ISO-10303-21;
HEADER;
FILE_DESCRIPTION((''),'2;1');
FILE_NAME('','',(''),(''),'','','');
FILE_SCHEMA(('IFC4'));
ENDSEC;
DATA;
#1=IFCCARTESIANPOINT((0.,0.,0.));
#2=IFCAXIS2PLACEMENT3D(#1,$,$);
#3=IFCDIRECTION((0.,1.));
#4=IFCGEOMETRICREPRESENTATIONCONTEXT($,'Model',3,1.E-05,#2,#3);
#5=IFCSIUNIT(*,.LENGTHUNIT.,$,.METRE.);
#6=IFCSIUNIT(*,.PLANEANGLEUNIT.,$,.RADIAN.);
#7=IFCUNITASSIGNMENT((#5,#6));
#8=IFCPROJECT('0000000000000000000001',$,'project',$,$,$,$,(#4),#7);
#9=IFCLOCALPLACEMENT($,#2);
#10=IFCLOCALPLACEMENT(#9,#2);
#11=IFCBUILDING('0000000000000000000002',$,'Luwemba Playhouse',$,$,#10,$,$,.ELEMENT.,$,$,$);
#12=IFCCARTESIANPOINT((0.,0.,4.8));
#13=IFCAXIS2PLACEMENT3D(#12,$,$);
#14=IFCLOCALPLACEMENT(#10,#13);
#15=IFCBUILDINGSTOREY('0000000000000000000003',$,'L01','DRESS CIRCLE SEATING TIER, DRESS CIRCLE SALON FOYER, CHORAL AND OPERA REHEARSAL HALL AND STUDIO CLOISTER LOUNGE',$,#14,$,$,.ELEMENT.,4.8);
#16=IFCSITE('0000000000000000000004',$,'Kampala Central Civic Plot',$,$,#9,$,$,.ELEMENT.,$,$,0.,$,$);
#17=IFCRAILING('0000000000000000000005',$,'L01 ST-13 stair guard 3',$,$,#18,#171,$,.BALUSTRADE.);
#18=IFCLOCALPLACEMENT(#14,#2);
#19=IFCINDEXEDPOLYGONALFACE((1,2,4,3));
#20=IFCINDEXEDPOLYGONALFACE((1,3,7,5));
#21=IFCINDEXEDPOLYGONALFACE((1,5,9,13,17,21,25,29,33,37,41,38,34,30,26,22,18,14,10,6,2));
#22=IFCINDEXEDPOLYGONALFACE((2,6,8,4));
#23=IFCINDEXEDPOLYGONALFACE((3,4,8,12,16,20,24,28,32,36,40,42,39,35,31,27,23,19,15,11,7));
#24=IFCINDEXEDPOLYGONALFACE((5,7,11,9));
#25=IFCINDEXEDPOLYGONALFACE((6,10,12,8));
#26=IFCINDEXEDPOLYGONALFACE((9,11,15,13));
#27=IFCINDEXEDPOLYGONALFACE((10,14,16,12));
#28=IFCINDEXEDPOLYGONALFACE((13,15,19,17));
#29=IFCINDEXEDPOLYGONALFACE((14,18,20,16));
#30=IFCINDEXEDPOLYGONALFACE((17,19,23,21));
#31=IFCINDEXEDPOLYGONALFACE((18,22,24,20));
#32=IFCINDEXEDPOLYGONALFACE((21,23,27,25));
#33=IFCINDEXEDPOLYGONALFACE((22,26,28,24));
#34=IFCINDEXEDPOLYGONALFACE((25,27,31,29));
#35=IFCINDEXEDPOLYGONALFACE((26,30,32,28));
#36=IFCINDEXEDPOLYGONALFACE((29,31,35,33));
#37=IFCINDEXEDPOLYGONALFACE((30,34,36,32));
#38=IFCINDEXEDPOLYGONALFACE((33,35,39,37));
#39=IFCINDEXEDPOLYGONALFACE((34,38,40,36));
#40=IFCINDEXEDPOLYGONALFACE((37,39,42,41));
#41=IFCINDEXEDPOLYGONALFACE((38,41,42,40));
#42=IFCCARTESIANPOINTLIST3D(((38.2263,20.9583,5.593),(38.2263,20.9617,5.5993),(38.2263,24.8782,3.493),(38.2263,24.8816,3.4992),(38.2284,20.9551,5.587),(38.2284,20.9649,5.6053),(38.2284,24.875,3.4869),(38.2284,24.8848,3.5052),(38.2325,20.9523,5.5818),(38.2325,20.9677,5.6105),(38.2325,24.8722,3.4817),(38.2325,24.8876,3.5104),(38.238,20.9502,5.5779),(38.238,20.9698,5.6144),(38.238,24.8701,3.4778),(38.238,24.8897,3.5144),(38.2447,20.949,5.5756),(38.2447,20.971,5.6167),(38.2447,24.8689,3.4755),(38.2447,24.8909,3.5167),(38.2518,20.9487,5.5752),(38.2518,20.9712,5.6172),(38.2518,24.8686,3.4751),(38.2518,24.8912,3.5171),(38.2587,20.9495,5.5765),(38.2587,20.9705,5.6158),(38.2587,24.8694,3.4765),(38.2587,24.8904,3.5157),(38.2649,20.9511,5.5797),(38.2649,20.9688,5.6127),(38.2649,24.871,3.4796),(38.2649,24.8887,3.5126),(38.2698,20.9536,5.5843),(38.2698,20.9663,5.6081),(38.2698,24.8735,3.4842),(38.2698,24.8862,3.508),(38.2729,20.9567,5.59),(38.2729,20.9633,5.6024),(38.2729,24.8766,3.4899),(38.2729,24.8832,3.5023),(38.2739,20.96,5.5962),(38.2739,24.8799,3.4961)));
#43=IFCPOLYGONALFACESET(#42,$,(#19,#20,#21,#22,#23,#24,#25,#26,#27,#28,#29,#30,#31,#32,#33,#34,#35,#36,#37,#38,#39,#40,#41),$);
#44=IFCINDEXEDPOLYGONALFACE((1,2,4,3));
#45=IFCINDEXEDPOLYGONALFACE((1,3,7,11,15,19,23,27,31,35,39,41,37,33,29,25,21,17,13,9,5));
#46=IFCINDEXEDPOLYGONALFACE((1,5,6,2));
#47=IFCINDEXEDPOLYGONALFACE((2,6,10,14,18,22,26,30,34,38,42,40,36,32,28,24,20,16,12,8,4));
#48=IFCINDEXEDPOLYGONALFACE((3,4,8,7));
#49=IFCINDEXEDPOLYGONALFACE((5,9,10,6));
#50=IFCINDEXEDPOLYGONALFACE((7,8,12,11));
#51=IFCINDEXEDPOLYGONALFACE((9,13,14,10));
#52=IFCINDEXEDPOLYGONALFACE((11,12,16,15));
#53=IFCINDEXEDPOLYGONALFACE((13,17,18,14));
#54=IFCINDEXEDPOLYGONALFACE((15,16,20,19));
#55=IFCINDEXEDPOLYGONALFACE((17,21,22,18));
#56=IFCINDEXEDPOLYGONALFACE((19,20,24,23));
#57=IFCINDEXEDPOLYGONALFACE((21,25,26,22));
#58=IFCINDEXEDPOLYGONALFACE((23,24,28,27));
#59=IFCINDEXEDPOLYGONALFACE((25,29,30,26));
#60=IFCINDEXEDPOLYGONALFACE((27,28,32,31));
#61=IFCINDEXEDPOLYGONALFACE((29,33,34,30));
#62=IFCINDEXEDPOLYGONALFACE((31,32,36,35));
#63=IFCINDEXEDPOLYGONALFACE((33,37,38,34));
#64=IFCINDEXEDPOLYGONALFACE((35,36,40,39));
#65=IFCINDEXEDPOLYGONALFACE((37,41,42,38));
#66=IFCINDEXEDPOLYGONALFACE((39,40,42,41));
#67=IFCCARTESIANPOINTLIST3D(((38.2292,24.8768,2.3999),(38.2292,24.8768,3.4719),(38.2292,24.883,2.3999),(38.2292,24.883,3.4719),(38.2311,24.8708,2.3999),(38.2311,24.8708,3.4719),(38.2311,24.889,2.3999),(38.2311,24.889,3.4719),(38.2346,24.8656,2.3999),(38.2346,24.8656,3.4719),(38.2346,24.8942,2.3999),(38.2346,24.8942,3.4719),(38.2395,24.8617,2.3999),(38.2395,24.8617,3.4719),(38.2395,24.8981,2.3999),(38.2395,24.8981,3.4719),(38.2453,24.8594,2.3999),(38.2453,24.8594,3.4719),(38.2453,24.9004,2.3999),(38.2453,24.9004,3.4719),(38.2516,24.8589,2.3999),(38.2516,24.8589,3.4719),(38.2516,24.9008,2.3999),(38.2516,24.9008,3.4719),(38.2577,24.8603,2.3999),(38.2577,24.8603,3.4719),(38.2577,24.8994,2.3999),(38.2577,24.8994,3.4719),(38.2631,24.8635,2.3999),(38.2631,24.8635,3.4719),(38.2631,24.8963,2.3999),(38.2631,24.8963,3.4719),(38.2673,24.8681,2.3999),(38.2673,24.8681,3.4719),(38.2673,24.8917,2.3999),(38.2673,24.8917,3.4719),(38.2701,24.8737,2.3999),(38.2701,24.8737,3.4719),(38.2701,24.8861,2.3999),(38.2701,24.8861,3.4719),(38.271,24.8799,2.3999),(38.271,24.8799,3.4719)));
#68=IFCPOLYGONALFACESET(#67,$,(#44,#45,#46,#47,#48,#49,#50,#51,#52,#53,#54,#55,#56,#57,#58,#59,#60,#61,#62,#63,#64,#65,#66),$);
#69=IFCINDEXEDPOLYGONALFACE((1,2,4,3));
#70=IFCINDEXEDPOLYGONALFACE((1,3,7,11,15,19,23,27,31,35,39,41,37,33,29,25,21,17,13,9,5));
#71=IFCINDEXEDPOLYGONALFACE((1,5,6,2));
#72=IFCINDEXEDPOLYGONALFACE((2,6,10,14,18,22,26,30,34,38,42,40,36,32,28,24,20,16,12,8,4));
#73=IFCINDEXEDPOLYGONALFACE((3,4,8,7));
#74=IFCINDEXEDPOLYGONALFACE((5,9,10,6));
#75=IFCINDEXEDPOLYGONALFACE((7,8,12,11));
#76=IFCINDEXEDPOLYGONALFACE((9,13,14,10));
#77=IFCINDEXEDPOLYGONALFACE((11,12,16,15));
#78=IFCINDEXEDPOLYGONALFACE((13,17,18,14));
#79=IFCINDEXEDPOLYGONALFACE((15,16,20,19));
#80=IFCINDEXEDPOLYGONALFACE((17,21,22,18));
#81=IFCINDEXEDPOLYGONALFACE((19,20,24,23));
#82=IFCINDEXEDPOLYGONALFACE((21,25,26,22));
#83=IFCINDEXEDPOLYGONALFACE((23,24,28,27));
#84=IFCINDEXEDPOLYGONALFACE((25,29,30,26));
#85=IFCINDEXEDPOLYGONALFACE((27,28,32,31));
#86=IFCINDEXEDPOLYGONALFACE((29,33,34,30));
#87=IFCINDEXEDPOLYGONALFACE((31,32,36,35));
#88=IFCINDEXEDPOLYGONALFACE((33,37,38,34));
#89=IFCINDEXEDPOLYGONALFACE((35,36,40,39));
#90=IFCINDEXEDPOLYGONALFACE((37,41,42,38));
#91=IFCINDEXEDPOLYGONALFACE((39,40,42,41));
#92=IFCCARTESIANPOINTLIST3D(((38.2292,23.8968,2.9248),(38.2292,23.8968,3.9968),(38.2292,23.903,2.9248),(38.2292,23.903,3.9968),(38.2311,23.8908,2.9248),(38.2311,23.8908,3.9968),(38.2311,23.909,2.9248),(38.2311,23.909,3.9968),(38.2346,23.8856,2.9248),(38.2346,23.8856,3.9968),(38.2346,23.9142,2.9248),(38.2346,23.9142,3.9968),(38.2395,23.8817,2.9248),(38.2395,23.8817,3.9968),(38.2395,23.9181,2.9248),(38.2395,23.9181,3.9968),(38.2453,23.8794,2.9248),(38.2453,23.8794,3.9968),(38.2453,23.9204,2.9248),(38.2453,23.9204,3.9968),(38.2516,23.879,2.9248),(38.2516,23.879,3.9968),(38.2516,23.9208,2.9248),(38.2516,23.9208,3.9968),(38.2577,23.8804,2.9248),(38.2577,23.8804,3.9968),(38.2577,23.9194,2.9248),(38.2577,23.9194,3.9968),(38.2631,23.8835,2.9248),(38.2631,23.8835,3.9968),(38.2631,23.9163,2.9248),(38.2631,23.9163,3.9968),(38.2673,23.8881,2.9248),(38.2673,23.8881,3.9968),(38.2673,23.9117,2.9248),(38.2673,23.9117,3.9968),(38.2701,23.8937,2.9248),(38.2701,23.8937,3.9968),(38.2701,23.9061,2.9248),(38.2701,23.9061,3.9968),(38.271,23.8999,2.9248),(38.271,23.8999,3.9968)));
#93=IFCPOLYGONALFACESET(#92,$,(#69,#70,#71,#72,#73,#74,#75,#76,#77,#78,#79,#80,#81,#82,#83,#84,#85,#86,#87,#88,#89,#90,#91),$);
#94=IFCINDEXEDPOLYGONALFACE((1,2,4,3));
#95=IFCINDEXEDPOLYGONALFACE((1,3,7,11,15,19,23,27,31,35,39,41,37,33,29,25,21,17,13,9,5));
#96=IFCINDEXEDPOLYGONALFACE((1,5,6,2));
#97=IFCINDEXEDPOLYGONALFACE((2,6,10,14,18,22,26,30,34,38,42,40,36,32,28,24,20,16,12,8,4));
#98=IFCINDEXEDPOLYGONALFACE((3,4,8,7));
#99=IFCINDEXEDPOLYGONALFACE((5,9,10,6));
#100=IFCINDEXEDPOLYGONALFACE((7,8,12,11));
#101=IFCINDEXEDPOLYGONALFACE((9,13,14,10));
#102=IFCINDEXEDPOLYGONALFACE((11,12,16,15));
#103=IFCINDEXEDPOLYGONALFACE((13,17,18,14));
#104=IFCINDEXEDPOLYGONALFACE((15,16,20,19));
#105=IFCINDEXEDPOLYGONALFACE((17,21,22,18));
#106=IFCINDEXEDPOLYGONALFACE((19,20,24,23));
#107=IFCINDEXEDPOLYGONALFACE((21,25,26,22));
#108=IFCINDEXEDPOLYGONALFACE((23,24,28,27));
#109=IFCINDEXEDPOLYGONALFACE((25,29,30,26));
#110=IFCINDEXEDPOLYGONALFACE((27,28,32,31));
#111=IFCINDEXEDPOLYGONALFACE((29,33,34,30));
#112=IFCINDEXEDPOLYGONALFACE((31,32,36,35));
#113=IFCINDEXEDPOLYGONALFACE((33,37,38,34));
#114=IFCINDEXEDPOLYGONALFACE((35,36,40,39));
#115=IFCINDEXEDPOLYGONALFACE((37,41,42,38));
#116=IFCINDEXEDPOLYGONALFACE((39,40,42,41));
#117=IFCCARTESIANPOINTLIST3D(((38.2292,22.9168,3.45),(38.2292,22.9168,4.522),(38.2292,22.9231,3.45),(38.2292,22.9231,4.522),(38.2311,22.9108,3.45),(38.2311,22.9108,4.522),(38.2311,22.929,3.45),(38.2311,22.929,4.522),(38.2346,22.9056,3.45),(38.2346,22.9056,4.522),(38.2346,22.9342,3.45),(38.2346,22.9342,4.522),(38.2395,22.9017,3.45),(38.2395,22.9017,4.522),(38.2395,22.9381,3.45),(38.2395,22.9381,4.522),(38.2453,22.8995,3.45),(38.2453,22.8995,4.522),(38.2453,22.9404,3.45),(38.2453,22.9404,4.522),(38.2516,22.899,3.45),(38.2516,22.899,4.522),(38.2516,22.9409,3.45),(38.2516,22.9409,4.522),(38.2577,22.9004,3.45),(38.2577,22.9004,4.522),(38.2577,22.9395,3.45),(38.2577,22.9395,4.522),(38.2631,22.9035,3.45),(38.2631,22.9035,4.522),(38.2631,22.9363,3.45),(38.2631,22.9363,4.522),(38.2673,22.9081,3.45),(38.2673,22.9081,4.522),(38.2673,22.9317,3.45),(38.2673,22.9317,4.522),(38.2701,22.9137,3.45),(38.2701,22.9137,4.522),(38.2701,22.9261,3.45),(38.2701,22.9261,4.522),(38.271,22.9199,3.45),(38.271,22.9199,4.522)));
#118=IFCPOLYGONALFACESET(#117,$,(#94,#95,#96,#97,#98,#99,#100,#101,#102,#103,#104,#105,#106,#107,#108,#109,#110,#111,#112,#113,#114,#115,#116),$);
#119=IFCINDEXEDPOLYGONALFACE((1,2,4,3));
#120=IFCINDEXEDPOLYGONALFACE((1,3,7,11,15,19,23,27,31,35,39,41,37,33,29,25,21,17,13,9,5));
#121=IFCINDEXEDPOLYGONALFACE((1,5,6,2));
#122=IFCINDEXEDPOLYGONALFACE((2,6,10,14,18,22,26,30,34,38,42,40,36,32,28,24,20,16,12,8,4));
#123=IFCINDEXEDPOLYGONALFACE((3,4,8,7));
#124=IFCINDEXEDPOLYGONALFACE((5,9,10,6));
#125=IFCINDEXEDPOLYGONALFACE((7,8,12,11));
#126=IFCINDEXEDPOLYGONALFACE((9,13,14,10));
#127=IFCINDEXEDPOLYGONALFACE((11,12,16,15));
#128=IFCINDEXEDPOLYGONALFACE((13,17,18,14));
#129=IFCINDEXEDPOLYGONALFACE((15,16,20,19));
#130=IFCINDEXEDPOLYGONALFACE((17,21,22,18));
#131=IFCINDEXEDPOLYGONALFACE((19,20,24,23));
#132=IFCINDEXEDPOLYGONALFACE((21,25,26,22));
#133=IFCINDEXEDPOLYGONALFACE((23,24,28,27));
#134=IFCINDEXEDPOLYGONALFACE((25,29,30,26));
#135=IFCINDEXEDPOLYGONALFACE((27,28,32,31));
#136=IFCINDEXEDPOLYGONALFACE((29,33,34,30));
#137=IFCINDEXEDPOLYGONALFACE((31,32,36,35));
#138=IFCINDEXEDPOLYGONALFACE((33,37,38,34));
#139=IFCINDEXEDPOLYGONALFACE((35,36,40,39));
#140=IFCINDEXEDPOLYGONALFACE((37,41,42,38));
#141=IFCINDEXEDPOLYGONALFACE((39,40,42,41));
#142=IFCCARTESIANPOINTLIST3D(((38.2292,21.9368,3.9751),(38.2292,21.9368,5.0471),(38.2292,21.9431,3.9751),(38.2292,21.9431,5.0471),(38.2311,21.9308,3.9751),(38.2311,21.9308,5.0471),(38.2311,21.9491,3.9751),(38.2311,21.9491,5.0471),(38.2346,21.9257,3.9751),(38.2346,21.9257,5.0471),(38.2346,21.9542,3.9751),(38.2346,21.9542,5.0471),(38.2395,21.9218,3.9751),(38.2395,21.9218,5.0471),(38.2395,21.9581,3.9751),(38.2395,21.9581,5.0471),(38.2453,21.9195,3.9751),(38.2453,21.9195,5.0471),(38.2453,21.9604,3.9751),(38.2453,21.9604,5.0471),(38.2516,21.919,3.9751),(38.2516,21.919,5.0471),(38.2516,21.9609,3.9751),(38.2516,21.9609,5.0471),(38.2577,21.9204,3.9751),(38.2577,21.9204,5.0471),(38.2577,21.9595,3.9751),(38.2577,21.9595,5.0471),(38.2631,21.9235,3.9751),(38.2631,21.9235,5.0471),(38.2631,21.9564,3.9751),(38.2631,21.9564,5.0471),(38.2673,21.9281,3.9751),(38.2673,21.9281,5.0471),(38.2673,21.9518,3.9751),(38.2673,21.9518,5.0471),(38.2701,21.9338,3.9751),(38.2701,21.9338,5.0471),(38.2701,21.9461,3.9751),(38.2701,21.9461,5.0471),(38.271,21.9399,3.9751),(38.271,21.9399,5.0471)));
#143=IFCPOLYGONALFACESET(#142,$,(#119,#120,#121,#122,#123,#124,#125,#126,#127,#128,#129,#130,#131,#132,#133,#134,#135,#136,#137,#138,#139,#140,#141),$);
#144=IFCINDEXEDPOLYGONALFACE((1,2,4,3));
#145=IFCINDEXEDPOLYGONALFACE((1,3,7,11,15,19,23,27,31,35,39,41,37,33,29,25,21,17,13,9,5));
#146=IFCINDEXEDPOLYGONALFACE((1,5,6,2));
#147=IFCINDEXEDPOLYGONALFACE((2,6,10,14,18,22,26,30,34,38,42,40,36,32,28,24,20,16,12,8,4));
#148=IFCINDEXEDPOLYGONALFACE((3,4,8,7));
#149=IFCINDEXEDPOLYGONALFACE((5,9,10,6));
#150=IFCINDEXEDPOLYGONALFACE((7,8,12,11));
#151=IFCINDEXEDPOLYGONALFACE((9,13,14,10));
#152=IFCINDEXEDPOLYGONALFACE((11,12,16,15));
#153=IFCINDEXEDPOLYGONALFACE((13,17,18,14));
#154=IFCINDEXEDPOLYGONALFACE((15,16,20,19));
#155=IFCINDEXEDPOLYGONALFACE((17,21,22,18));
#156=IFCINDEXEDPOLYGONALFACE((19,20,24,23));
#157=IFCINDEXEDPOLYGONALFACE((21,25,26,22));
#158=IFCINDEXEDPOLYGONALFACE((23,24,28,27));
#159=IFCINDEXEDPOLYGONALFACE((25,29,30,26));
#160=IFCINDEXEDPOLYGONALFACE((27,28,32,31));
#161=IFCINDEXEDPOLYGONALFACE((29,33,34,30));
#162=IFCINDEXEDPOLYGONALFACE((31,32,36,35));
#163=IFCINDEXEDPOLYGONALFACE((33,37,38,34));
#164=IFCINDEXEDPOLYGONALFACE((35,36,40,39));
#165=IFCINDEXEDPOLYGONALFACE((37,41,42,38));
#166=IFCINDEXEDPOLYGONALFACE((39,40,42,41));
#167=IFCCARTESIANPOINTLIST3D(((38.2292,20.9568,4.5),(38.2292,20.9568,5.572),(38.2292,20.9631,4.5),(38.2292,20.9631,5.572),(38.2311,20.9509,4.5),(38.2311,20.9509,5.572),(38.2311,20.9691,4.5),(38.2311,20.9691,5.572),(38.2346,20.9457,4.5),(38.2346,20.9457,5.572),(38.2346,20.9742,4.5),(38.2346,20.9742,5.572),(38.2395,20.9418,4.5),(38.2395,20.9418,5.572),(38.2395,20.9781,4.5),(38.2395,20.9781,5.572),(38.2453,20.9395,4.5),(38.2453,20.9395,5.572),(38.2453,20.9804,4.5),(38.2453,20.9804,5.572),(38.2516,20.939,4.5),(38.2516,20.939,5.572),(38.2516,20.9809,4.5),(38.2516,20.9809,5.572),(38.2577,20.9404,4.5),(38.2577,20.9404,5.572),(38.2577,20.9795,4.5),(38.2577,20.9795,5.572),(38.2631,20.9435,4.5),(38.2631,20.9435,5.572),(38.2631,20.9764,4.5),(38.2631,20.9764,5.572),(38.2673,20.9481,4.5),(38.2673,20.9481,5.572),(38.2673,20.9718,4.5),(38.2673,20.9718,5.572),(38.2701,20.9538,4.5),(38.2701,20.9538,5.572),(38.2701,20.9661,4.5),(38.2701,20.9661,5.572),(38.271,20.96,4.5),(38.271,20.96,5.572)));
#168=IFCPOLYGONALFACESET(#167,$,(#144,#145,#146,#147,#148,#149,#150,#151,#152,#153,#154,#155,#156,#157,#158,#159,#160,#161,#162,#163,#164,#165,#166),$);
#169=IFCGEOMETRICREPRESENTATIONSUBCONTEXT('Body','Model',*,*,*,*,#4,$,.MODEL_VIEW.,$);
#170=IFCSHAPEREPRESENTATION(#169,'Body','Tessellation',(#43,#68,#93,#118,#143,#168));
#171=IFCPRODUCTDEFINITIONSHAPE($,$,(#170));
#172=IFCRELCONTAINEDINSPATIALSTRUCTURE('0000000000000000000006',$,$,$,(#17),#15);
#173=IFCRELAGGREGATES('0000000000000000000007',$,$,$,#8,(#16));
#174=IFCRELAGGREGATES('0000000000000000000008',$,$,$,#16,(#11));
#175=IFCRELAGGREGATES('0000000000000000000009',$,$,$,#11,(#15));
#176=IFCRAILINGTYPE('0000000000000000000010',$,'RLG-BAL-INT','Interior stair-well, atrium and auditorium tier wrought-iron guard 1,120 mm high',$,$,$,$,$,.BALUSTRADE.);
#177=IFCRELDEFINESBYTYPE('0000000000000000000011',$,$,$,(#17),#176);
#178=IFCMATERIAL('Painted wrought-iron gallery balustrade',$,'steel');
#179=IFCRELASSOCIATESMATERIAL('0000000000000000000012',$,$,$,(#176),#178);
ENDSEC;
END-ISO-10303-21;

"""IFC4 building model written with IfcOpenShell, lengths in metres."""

from ifc_helpers import new_model, si_unit, direction, frame, origin, origin_2d, place, context, subcontext, project, spatial, circle, extrude, material, type_object, element, save


model = new_model("IFC4")

# Units and contexts
model_context = context("Model", 3, precision=1e-05, world=origin(), true_north=direction((0.0, 1.0)))
body_context = subcontext(model_context, "Body", "Model", "MODEL_VIEW")
ifc_project = project(units=[si_unit("LENGTHUNIT", "METRE"), si_unit("PLANEANGLEUNIT", "RADIAN")], contexts=[model_context])

# Site, building, storey
site_placement = place(None, origin())
site = spatial("IfcSite", under=ifc_project, at=site_placement, Name="Kampala Central Civic Plot", CompositionType="ELEMENT", RefElevation=0.0)
building_placement = place(site_placement, origin())
building = spatial("IfcBuilding", under=site, at=building_placement, Name="Luwemba Playhouse", CompositionType="ELEMENT")
storey_placement = place(building_placement, frame((0.0, 0.0, 4.8)))
storey = spatial("IfcBuildingStorey", under=building, at=storey_placement, Name="L01", Description="DRESS CIRCLE SEATING TIER, DRESS CIRCLE SALON FOYER, CHORAL AND OPERA REHEARSAL HALL AND STUDIO CLOISTER LOUNGE", CompositionType="ELEMENT", Elevation=4.8)

# Railing
ifc_material_1 = material(Name="Painted wrought-iron gallery balustrade", Category="steel")
railing_type_1 = type_object("IfcRailingType", Name="RLG-BAL-INT", Description="Interior stair-well, atrium and auditorium tier wrought-iron guard 1,120 mm high", PredefinedType="BALUSTRADE", material=ifc_material_1)
railing_1_placement = place(storey_placement, frame((38.25, 24.8799, 2.3999)))
element("IfcRailing", 1, at=railing_1_placement, inside=storey, type_object=railing_type_1, Name="L01 ST-13 stair guard 3", PredefinedType="BALUSTRADE", context=body_context, shape_type="SweptSolid", body=[
    extrude(circle(Radius=0.0239, at=origin_2d()), frame((0.0, 0.0, 1.0962), z_axis=(0.0, -0.881467, 0.472246), x_axis=(1.0, 0.0, 0.0)), (0.0, 0.0, 1.0), 4.447),
    extrude(circle(Radius=0.021, at=origin_2d()), origin(), (0.0, 0.0, 1.0), 1.072),
    extrude(circle(Radius=0.021, at=origin_2d()), frame((0.0, -0.98, 0.5249)), (0.0, 0.0, 1.0), 1.072),
    extrude(circle(Radius=0.021, at=origin_2d()), frame((0.0, -1.96, 1.05)), (0.0, 0.0, 1.0), 1.072),
    extrude(circle(Radius=0.021, at=origin_2d()), frame((0.0, -2.9399, 1.5752)), (0.0, 0.0, 1.0), 1.072),
    extrude(circle(Radius=0.021, at=origin_2d()), frame((0.0, -3.9199, 2.1001)), (0.0, 0.0, 1.0), 1.072),
])

save(model, "model.ifc")
